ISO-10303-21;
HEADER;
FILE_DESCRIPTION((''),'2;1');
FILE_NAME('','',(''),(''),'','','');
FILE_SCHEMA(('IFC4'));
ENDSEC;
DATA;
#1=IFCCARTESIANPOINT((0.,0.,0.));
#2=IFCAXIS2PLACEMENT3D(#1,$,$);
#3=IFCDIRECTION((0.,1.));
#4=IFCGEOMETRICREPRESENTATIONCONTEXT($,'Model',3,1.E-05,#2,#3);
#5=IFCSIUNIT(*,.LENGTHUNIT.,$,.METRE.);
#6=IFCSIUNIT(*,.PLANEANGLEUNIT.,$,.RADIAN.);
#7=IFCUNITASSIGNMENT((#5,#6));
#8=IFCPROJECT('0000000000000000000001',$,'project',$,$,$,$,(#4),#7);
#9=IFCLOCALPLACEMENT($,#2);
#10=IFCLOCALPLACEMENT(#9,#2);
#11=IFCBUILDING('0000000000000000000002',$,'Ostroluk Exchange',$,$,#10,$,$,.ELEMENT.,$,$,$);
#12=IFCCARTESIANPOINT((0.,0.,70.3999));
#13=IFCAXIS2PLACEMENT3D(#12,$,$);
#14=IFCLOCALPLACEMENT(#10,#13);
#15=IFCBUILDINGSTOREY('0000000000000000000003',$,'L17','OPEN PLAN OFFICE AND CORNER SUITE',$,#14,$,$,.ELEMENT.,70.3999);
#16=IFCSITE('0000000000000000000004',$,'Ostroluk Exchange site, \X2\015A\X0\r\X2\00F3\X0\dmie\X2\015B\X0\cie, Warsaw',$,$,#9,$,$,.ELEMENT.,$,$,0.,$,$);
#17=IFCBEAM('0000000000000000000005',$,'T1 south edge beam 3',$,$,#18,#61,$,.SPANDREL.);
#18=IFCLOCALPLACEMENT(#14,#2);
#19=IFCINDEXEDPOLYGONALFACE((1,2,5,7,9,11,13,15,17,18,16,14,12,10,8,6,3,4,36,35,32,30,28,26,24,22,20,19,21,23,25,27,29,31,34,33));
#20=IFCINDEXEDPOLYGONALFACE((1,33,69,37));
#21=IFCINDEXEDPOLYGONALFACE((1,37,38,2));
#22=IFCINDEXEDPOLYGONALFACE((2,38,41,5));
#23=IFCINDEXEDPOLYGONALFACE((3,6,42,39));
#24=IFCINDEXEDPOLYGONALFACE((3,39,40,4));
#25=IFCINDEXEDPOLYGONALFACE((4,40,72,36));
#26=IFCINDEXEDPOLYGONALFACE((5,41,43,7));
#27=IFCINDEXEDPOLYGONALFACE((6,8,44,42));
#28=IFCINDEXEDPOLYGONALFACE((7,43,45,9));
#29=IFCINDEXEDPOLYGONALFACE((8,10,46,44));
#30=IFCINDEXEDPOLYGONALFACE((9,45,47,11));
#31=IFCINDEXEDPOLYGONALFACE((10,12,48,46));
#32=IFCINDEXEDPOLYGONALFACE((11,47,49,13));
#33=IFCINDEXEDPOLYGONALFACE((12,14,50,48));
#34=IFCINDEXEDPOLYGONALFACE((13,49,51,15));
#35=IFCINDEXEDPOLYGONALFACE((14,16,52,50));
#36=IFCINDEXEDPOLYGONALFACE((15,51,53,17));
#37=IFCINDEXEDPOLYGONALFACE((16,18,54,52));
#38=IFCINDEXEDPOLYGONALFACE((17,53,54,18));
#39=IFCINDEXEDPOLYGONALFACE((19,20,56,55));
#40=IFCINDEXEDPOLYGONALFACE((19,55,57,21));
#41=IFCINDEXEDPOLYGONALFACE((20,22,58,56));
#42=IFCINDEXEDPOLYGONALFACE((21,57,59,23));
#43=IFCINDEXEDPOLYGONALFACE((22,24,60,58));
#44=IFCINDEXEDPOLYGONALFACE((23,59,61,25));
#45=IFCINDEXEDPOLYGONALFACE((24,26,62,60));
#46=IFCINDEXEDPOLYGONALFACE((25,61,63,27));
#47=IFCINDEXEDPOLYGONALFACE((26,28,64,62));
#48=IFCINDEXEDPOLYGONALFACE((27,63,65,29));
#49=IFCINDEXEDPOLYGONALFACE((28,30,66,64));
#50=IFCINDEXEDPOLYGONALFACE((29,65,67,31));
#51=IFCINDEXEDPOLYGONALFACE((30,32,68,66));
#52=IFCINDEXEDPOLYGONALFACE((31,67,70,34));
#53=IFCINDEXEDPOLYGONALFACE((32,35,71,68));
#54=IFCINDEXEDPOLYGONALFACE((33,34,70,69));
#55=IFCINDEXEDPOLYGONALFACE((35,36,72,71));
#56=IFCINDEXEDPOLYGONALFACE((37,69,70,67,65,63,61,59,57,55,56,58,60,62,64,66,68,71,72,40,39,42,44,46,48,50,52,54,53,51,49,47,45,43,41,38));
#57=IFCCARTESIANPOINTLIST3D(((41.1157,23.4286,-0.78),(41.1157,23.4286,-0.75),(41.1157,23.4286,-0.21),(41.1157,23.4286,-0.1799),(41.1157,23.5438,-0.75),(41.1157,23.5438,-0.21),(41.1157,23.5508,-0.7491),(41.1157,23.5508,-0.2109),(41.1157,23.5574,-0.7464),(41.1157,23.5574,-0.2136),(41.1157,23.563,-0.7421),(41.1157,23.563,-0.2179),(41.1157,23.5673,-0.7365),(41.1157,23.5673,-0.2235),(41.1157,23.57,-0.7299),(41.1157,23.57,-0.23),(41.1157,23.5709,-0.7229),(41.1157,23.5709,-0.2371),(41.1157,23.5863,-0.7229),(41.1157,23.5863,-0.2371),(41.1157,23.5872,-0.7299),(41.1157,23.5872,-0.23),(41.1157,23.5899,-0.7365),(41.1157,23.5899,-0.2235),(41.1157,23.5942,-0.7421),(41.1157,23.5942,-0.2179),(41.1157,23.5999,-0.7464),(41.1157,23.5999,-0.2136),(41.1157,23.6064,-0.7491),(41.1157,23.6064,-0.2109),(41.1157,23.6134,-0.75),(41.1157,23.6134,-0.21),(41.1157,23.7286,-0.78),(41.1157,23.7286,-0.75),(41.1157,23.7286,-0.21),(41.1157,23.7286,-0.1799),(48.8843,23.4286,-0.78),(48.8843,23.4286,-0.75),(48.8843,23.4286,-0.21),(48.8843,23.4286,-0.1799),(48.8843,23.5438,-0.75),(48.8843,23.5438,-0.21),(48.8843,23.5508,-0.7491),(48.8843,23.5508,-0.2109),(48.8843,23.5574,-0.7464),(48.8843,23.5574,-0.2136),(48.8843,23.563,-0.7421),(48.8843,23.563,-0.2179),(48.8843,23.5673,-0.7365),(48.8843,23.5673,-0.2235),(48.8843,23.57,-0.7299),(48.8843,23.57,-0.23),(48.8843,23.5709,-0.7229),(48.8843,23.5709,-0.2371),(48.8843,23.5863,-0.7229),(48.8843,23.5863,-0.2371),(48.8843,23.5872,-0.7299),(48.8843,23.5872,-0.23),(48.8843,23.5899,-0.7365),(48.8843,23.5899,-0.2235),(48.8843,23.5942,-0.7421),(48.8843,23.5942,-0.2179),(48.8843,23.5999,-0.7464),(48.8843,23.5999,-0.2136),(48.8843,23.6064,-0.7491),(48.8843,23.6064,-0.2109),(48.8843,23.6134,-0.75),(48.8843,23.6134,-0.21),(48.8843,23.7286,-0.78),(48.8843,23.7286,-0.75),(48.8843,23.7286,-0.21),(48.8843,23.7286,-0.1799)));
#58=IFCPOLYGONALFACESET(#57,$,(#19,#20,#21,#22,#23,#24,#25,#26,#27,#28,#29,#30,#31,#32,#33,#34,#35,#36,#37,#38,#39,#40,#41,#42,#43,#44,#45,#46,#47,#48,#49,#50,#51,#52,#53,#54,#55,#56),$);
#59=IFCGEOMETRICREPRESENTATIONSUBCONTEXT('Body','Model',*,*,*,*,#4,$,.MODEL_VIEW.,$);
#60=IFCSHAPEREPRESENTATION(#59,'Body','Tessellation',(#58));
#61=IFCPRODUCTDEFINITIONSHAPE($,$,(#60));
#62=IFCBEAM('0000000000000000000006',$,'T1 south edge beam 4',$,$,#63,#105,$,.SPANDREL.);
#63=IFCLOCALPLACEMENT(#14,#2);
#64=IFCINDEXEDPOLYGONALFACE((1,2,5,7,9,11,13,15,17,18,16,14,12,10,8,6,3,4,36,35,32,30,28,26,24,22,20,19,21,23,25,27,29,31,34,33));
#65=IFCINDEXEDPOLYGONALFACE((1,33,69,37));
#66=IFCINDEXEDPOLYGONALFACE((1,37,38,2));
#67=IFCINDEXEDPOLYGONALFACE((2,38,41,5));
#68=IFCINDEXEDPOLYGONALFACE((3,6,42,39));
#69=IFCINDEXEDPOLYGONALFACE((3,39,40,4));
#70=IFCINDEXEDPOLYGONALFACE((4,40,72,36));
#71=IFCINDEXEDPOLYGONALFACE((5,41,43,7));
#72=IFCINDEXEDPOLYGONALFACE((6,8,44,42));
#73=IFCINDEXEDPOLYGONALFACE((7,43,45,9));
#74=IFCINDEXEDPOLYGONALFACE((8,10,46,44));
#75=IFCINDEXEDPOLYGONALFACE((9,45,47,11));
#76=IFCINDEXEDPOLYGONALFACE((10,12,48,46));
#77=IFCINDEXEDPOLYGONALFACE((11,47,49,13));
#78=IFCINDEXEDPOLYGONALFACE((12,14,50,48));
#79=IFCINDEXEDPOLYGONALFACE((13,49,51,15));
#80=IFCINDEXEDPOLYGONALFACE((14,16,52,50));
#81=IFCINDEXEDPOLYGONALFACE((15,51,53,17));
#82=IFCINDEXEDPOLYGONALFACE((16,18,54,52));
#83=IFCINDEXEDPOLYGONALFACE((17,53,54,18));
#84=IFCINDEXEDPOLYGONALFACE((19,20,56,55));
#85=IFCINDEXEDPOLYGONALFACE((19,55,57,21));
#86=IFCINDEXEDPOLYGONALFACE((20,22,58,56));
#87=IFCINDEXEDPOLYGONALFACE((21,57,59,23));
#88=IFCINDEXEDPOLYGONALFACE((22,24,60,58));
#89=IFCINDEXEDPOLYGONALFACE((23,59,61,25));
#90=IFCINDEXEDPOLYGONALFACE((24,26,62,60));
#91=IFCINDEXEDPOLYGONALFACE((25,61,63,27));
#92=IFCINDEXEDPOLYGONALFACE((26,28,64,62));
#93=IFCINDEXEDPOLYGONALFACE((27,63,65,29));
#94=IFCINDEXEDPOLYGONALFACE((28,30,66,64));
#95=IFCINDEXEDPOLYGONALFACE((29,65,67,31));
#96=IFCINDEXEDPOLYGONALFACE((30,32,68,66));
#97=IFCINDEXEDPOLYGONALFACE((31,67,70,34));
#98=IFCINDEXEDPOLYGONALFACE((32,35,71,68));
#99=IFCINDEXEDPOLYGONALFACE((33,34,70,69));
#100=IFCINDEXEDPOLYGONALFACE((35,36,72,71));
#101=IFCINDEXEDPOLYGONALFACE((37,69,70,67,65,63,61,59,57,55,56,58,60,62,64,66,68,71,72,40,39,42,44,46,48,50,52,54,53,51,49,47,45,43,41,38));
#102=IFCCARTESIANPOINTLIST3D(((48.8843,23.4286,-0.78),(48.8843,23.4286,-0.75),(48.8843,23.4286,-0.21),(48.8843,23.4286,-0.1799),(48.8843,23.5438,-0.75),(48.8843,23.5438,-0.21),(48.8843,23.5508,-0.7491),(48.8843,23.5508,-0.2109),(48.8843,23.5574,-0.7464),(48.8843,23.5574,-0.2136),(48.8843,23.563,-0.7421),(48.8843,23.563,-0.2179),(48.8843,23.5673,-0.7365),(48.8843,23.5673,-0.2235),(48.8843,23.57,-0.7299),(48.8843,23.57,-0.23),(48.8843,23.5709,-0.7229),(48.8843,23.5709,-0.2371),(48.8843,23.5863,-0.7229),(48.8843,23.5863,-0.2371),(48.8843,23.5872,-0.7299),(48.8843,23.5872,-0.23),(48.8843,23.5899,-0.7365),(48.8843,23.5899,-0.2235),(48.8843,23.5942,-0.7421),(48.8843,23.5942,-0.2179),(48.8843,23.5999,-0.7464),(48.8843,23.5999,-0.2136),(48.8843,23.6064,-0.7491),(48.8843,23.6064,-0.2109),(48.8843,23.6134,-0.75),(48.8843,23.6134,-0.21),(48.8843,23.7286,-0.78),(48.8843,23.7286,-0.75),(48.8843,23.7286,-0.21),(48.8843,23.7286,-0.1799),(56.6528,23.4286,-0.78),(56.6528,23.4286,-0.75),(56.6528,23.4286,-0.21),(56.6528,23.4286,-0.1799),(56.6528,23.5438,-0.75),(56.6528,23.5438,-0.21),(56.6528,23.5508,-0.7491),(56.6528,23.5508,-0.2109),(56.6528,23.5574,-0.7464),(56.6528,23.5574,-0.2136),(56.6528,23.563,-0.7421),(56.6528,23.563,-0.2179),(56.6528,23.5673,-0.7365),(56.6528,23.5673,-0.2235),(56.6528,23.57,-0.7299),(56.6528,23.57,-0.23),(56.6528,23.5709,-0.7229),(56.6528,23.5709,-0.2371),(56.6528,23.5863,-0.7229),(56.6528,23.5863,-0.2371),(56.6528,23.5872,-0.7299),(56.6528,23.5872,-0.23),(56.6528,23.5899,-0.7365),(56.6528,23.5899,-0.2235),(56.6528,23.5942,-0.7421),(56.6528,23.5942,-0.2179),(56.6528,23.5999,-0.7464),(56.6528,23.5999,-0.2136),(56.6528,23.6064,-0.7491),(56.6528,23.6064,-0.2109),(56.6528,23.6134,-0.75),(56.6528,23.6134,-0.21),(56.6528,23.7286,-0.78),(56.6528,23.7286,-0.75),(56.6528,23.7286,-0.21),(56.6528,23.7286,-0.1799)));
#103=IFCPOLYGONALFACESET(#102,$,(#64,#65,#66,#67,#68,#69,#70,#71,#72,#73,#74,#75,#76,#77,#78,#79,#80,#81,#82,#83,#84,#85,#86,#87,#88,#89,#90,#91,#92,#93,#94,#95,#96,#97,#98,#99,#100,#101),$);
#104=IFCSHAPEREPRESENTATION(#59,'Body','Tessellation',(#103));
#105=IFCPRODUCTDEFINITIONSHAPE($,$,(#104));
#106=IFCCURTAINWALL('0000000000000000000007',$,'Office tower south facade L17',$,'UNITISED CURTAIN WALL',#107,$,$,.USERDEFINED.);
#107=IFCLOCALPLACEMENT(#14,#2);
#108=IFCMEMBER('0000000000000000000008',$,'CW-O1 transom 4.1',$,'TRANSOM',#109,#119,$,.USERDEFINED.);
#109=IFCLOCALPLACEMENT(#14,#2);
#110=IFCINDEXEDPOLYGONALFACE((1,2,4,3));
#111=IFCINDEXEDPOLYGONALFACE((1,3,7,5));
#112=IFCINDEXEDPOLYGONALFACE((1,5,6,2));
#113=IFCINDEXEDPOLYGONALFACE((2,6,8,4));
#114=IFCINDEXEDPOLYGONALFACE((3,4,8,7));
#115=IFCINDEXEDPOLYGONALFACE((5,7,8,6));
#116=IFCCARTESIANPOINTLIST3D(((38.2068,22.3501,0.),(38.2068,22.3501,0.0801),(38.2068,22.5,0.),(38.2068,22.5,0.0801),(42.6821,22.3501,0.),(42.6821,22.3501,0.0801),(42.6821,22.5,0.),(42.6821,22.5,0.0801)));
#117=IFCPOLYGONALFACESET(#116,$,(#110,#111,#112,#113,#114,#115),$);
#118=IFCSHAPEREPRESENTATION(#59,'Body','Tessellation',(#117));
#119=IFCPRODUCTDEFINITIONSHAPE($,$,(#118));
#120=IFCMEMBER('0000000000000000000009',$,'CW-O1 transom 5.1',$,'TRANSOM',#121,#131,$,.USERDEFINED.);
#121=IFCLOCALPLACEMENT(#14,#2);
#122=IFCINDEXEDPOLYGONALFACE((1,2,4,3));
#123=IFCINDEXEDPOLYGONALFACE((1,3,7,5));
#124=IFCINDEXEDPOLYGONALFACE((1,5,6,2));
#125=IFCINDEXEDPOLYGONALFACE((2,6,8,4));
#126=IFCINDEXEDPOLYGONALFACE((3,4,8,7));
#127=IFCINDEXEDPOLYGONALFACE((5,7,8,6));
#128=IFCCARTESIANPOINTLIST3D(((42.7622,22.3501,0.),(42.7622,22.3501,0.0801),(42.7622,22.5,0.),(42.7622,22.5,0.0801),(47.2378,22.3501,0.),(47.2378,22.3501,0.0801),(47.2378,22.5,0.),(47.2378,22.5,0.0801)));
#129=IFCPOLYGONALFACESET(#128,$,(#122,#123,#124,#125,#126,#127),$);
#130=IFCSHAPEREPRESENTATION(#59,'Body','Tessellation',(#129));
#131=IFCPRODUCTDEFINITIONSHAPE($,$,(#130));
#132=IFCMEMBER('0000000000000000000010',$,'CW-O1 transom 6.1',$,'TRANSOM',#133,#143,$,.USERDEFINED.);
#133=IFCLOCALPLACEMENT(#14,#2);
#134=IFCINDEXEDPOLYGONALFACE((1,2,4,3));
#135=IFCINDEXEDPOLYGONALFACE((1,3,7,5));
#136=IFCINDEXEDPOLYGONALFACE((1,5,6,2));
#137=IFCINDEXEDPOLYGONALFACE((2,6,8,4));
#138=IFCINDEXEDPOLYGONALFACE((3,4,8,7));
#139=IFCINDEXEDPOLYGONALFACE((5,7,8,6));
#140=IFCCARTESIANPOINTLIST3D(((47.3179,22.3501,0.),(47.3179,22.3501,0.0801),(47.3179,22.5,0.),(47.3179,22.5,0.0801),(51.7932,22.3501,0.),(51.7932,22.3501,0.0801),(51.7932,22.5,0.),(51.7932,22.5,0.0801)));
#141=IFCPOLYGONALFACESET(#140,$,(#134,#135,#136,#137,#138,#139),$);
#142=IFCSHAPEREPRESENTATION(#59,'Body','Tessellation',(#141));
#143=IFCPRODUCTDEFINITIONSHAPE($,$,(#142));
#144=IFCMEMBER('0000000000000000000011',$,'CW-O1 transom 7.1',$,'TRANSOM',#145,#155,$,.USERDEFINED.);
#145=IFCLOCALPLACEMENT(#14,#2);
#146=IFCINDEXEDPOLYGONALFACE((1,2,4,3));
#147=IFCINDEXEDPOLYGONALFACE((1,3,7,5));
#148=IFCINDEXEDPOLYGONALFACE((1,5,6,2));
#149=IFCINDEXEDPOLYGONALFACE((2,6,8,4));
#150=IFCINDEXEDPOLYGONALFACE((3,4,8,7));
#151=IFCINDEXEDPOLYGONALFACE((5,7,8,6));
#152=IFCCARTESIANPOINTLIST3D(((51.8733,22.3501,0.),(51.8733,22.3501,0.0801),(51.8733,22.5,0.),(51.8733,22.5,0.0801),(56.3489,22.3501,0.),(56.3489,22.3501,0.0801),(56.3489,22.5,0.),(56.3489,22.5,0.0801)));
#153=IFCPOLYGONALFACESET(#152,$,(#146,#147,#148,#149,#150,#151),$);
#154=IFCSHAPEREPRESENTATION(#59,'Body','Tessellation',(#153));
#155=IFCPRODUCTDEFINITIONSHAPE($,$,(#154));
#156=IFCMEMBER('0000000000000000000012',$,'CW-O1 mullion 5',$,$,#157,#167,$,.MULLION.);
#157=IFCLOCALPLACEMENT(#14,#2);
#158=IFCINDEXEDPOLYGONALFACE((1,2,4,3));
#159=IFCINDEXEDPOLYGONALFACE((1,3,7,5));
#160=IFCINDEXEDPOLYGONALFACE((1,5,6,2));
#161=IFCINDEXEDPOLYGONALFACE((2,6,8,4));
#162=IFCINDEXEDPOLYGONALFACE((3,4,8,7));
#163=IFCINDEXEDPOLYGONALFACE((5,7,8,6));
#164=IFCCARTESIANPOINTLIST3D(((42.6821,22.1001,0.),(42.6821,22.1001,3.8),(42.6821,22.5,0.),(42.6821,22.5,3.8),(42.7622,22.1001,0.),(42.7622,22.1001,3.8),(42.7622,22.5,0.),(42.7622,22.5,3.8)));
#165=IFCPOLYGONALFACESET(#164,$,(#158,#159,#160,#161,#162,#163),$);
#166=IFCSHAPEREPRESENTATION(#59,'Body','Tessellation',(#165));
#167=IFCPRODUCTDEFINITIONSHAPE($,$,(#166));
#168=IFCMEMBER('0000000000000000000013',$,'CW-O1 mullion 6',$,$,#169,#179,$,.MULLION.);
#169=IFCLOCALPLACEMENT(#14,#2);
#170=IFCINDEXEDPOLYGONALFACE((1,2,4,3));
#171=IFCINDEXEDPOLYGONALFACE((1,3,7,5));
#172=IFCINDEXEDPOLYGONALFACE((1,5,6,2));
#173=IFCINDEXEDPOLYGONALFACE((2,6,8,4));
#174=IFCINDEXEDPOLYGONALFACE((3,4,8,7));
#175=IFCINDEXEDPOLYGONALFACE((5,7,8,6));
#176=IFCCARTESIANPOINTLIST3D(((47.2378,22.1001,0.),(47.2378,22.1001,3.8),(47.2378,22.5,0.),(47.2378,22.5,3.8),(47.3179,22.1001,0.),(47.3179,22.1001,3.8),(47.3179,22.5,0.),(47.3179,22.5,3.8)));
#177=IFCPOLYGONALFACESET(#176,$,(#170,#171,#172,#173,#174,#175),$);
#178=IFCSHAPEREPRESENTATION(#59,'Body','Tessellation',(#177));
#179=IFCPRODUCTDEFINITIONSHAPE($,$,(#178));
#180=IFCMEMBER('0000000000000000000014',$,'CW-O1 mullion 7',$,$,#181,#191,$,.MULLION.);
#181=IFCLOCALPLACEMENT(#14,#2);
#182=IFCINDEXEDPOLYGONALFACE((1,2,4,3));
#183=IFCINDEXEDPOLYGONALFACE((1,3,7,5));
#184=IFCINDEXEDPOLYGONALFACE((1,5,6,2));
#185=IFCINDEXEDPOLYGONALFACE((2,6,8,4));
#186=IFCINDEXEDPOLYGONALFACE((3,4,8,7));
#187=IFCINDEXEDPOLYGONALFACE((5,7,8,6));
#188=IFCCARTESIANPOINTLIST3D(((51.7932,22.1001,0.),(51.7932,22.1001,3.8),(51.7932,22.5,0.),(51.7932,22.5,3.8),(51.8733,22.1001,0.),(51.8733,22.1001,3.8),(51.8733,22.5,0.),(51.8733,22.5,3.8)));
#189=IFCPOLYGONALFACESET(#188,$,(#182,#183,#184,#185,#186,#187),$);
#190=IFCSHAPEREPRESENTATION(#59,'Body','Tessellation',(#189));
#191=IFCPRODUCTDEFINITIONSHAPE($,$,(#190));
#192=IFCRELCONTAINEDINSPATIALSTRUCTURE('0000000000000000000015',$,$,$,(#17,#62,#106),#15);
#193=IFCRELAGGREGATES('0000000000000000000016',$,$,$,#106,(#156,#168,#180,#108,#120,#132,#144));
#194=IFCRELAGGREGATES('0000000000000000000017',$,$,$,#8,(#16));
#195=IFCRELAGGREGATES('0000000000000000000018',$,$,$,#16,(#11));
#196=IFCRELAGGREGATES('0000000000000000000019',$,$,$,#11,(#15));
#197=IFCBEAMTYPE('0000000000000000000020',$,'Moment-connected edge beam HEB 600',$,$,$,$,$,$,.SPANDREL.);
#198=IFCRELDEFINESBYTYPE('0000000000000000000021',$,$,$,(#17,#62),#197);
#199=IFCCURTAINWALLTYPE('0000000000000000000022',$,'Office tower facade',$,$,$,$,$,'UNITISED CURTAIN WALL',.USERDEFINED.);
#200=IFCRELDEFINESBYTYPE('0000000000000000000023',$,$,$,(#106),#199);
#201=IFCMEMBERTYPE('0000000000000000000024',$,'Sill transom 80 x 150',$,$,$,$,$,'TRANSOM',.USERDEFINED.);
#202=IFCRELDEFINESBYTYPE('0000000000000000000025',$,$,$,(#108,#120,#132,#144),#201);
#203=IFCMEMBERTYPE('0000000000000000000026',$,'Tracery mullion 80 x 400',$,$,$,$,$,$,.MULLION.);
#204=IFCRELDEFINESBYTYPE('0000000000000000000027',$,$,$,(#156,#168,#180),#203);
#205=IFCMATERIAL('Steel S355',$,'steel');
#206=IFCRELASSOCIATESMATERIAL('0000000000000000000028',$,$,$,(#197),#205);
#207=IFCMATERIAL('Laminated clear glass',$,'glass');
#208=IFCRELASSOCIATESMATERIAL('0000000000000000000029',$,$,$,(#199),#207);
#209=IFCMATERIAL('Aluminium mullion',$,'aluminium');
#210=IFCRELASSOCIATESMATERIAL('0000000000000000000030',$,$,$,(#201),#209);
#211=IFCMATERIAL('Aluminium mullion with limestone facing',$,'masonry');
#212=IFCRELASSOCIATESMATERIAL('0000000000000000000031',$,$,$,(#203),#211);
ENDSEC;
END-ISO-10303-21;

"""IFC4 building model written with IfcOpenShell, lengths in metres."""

from ifc_helpers import new_model, si_unit, direction, frame, origin, origin_2d, place, context, subcontext, project, spatial, rectangle, i_section, extrude, material, material_profile, profile_set, type_object, element, aggregate, save


model = new_model("IFC4")

# Units and contexts
model_context = context("Model", 3, precision=1e-05, world=origin(), true_north=direction((0.0, 1.0)))
body_context = subcontext(model_context, "Body", "Model", "MODEL_VIEW")
ifc_project = project(units=[si_unit("LENGTHUNIT", "METRE"), si_unit("PLANEANGLEUNIT", "RADIAN")], contexts=[model_context])

# Site, building, storey
site_placement = place(None, origin())
site = spatial("IfcSite", under=ifc_project, at=site_placement, Name="Ostroluk Exchange site, Śródmieście, Warsaw", CompositionType="ELEMENT", RefElevation=0.0)
building_placement = place(site_placement, origin())
building = spatial("IfcBuilding", under=site, at=building_placement, Name="Ostroluk Exchange", CompositionType="ELEMENT")
storey_placement = place(building_placement, frame((0.0, 0.0, 70.3999)))
storey = spatial("IfcBuildingStorey", under=building, at=storey_placement, Name="L17", Description="OPEN PLAN OFFICE AND CORNER SUITE", CompositionType="ELEMENT", Elevation=70.3999)

# Beams
ifc_material_1 = material(Name="Steel S355", Category="steel")
ifc_material_profile_1 = material_profile(ifc_material_1, i_section(OverallWidth=0.3, OverallDepth=0.6001, WebThickness=0.0154, FlangeThickness=0.03, FilletRadius=0.0271, at=origin_2d()), Name="HEB 600")
ifc_profile_set_1 = profile_set([ifc_material_profile_1], Name="Steel S355")
beam_type = type_object("IfcBeamType", Name="Moment-connected edge beam HEB 600", PredefinedType="SPANDREL", material=ifc_profile_set_1)
for number, where, z_axis, x_axis, name in (
    (1, (41.1157, 23.5786, -0.48), (1.0, 0.0, 0.0), (0.0, 1.0, 0.0), "T1 south edge beam 3"),
    (2, (48.8843, 23.5786, -0.48), (1.0, 0.0, 0.0), (0.0, 1.0, 0.0), "T1 south edge beam 4"),
):
    element("IfcBeam", number, at=place(storey_placement, frame(where, z_axis=z_axis, x_axis=x_axis)), inside=storey, type_object=beam_type, Name=name, PredefinedType="SPANDREL", context=body_context, shape_type="SweptSolid", body=[
        extrude(i_section(OverallWidth=0.3, OverallDepth=0.6001, WebThickness=0.0154, FlangeThickness=0.03, FilletRadius=0.0271, at=origin_2d()), origin(), (0.0, 0.0, 1.0), 7.7686),
    ])

# Curtain wall, members
ifc_material_2 = material(Name="Laminated clear glass", Category="glass")
curtain_wall_type = type_object("IfcCurtainWallType", Name="Office tower facade", ElementType="UNITISED CURTAIN WALL", PredefinedType="USERDEFINED", material=ifc_material_2)
curtain_wall_placement = place(storey_placement, origin())
curtain_wall = element("IfcCurtainWall", 3, at=curtain_wall_placement, inside=storey, type_object=curtain_wall_type, Name="Office tower south facade L17", ObjectType="UNITISED CURTAIN WALL", PredefinedType="USERDEFINED")
ifc_material_3 = material(Name="Aluminium mullion", Category="aluminium")
ifc_material_profile_2 = material_profile(ifc_material_3, rectangle(XDim=0.1499, YDim=0.0801, at=origin_2d()), Name="Sill transom 80 x 150")
ifc_profile_set_2 = profile_set([ifc_material_profile_2], Name="Aluminium mullion")
member_type_1 = type_object("IfcMemberType", Name="Sill transom 80 x 150", ElementType="TRANSOM", PredefinedType="USERDEFINED", material=ifc_profile_set_2)
member_1_placement = place(storey_placement, frame((38.2068, 22.425, 0.04), z_axis=(1.0, 0.0, 0.0), x_axis=(0.0, 1.0, 0.0)))
member_1 = element("IfcMember", 4, at=member_1_placement, type_object=member_type_1, Name="CW-O1 transom 4.1", ObjectType="TRANSOM", PredefinedType="USERDEFINED", context=body_context, shape_type="SweptSolid", body=[
    extrude(rectangle(XDim=0.1499, YDim=0.0801, at=origin_2d()), origin(), (0.0, 0.0, 1.0), 4.4753),
])
member_2_placement = place(storey_placement, frame((42.7622, 22.425, 0.04), z_axis=(1.0, 0.0, 0.0), x_axis=(0.0, 1.0, 0.0)))
member_2 = element("IfcMember", 5, at=member_2_placement, type_object=member_type_1, Name="CW-O1 transom 5.1", ObjectType="TRANSOM", PredefinedType="USERDEFINED", context=body_context, shape_type="SweptSolid", body=[
    extrude(rectangle(XDim=0.1499, YDim=0.0801, at=origin_2d()), origin(), (0.0, 0.0, 1.0), 4.4756),
])
member_3_placement = place(storey_placement, frame((47.3179, 22.425, 0.04), z_axis=(1.0, 0.0, 0.0), x_axis=(0.0, 1.0, 0.0)))
member_3 = element("IfcMember", 6, at=member_3_placement, type_object=member_type_1, Name="CW-O1 transom 6.1", ObjectType="TRANSOM", PredefinedType="USERDEFINED", context=body_context, shape_type="SweptSolid", body=[
    extrude(rectangle(XDim=0.1499, YDim=0.0801, at=origin_2d()), origin(), (0.0, 0.0, 1.0), 4.4753),
])
member_4_placement = place(storey_placement, frame((51.8733, 22.425, 0.04), z_axis=(1.0, 0.0, 0.0), x_axis=(0.0, 1.0, 0.0)))
member_4 = element("IfcMember", 7, at=member_4_placement, type_object=member_type_1, Name="CW-O1 transom 7.1", ObjectType="TRANSOM", PredefinedType="USERDEFINED", context=body_context, shape_type="SweptSolid", body=[
    extrude(rectangle(XDim=0.1499, YDim=0.0801, at=origin_2d()), origin(), (0.0, 0.0, 1.0), 4.4756),
])
ifc_material_4 = material(Name="Aluminium mullion with limestone facing", Category="masonry")
ifc_material_profile_3 = material_profile(ifc_material_4, rectangle(XDim=0.3999, YDim=0.0801, at=origin_2d()), Name="Tracery mullion 80 x 400")
ifc_profile_set_3 = profile_set([ifc_material_profile_3], Name="Aluminium mullion with limestone facing")
member_type_2 = type_object("IfcMemberType", Name="Tracery mullion 80 x 400", PredefinedType="MULLION", material=ifc_profile_set_3)
member_5_placement = place(storey_placement, frame((42.7222, 22.3, 0.0), z_axis=(0.0, 0.0, 1.0), x_axis=(0.0, 1.0, 0.0)))
member_5 = element("IfcMember", 8, at=member_5_placement, type_object=member_type_2, Name="CW-O1 mullion 5", PredefinedType="MULLION", context=body_context, shape_type="SweptSolid", body=[
    extrude(rectangle(XDim=0.3999, YDim=0.0801, at=origin_2d()), origin(), (0.0, 0.0, 1.0), 3.8),
])
member_6_placement = place(storey_placement, frame((47.2778, 22.3, 0.0), z_axis=(0.0, 0.0, 1.0), x_axis=(0.0, 1.0, 0.0)))
member_6 = element("IfcMember", 9, at=member_6_placement, type_object=member_type_2, Name="CW-O1 mullion 6", PredefinedType="MULLION", context=body_context, shape_type="SweptSolid", body=[
    extrude(rectangle(XDim=0.3999, YDim=0.0801, at=origin_2d()), origin(), (0.0, 0.0, 1.0), 3.8),
])
member_7_placement = place(storey_placement, frame((51.8333, 22.3, 0.0), z_axis=(0.0, 0.0, 1.0), x_axis=(0.0, 1.0, 0.0)))
member_7 = element("IfcMember", 10, at=member_7_placement, type_object=member_type_2, Name="CW-O1 mullion 7", PredefinedType="MULLION", context=body_context, shape_type="SweptSolid", body=[
    extrude(rectangle(XDim=0.3999, YDim=0.0801, at=origin_2d()), origin(), (0.0, 0.0, 1.0), 3.8),
])
aggregate(curtain_wall, [member_5, member_6, member_7, member_1, member_2, member_3, member_4])

save(model, "model.ifc")
